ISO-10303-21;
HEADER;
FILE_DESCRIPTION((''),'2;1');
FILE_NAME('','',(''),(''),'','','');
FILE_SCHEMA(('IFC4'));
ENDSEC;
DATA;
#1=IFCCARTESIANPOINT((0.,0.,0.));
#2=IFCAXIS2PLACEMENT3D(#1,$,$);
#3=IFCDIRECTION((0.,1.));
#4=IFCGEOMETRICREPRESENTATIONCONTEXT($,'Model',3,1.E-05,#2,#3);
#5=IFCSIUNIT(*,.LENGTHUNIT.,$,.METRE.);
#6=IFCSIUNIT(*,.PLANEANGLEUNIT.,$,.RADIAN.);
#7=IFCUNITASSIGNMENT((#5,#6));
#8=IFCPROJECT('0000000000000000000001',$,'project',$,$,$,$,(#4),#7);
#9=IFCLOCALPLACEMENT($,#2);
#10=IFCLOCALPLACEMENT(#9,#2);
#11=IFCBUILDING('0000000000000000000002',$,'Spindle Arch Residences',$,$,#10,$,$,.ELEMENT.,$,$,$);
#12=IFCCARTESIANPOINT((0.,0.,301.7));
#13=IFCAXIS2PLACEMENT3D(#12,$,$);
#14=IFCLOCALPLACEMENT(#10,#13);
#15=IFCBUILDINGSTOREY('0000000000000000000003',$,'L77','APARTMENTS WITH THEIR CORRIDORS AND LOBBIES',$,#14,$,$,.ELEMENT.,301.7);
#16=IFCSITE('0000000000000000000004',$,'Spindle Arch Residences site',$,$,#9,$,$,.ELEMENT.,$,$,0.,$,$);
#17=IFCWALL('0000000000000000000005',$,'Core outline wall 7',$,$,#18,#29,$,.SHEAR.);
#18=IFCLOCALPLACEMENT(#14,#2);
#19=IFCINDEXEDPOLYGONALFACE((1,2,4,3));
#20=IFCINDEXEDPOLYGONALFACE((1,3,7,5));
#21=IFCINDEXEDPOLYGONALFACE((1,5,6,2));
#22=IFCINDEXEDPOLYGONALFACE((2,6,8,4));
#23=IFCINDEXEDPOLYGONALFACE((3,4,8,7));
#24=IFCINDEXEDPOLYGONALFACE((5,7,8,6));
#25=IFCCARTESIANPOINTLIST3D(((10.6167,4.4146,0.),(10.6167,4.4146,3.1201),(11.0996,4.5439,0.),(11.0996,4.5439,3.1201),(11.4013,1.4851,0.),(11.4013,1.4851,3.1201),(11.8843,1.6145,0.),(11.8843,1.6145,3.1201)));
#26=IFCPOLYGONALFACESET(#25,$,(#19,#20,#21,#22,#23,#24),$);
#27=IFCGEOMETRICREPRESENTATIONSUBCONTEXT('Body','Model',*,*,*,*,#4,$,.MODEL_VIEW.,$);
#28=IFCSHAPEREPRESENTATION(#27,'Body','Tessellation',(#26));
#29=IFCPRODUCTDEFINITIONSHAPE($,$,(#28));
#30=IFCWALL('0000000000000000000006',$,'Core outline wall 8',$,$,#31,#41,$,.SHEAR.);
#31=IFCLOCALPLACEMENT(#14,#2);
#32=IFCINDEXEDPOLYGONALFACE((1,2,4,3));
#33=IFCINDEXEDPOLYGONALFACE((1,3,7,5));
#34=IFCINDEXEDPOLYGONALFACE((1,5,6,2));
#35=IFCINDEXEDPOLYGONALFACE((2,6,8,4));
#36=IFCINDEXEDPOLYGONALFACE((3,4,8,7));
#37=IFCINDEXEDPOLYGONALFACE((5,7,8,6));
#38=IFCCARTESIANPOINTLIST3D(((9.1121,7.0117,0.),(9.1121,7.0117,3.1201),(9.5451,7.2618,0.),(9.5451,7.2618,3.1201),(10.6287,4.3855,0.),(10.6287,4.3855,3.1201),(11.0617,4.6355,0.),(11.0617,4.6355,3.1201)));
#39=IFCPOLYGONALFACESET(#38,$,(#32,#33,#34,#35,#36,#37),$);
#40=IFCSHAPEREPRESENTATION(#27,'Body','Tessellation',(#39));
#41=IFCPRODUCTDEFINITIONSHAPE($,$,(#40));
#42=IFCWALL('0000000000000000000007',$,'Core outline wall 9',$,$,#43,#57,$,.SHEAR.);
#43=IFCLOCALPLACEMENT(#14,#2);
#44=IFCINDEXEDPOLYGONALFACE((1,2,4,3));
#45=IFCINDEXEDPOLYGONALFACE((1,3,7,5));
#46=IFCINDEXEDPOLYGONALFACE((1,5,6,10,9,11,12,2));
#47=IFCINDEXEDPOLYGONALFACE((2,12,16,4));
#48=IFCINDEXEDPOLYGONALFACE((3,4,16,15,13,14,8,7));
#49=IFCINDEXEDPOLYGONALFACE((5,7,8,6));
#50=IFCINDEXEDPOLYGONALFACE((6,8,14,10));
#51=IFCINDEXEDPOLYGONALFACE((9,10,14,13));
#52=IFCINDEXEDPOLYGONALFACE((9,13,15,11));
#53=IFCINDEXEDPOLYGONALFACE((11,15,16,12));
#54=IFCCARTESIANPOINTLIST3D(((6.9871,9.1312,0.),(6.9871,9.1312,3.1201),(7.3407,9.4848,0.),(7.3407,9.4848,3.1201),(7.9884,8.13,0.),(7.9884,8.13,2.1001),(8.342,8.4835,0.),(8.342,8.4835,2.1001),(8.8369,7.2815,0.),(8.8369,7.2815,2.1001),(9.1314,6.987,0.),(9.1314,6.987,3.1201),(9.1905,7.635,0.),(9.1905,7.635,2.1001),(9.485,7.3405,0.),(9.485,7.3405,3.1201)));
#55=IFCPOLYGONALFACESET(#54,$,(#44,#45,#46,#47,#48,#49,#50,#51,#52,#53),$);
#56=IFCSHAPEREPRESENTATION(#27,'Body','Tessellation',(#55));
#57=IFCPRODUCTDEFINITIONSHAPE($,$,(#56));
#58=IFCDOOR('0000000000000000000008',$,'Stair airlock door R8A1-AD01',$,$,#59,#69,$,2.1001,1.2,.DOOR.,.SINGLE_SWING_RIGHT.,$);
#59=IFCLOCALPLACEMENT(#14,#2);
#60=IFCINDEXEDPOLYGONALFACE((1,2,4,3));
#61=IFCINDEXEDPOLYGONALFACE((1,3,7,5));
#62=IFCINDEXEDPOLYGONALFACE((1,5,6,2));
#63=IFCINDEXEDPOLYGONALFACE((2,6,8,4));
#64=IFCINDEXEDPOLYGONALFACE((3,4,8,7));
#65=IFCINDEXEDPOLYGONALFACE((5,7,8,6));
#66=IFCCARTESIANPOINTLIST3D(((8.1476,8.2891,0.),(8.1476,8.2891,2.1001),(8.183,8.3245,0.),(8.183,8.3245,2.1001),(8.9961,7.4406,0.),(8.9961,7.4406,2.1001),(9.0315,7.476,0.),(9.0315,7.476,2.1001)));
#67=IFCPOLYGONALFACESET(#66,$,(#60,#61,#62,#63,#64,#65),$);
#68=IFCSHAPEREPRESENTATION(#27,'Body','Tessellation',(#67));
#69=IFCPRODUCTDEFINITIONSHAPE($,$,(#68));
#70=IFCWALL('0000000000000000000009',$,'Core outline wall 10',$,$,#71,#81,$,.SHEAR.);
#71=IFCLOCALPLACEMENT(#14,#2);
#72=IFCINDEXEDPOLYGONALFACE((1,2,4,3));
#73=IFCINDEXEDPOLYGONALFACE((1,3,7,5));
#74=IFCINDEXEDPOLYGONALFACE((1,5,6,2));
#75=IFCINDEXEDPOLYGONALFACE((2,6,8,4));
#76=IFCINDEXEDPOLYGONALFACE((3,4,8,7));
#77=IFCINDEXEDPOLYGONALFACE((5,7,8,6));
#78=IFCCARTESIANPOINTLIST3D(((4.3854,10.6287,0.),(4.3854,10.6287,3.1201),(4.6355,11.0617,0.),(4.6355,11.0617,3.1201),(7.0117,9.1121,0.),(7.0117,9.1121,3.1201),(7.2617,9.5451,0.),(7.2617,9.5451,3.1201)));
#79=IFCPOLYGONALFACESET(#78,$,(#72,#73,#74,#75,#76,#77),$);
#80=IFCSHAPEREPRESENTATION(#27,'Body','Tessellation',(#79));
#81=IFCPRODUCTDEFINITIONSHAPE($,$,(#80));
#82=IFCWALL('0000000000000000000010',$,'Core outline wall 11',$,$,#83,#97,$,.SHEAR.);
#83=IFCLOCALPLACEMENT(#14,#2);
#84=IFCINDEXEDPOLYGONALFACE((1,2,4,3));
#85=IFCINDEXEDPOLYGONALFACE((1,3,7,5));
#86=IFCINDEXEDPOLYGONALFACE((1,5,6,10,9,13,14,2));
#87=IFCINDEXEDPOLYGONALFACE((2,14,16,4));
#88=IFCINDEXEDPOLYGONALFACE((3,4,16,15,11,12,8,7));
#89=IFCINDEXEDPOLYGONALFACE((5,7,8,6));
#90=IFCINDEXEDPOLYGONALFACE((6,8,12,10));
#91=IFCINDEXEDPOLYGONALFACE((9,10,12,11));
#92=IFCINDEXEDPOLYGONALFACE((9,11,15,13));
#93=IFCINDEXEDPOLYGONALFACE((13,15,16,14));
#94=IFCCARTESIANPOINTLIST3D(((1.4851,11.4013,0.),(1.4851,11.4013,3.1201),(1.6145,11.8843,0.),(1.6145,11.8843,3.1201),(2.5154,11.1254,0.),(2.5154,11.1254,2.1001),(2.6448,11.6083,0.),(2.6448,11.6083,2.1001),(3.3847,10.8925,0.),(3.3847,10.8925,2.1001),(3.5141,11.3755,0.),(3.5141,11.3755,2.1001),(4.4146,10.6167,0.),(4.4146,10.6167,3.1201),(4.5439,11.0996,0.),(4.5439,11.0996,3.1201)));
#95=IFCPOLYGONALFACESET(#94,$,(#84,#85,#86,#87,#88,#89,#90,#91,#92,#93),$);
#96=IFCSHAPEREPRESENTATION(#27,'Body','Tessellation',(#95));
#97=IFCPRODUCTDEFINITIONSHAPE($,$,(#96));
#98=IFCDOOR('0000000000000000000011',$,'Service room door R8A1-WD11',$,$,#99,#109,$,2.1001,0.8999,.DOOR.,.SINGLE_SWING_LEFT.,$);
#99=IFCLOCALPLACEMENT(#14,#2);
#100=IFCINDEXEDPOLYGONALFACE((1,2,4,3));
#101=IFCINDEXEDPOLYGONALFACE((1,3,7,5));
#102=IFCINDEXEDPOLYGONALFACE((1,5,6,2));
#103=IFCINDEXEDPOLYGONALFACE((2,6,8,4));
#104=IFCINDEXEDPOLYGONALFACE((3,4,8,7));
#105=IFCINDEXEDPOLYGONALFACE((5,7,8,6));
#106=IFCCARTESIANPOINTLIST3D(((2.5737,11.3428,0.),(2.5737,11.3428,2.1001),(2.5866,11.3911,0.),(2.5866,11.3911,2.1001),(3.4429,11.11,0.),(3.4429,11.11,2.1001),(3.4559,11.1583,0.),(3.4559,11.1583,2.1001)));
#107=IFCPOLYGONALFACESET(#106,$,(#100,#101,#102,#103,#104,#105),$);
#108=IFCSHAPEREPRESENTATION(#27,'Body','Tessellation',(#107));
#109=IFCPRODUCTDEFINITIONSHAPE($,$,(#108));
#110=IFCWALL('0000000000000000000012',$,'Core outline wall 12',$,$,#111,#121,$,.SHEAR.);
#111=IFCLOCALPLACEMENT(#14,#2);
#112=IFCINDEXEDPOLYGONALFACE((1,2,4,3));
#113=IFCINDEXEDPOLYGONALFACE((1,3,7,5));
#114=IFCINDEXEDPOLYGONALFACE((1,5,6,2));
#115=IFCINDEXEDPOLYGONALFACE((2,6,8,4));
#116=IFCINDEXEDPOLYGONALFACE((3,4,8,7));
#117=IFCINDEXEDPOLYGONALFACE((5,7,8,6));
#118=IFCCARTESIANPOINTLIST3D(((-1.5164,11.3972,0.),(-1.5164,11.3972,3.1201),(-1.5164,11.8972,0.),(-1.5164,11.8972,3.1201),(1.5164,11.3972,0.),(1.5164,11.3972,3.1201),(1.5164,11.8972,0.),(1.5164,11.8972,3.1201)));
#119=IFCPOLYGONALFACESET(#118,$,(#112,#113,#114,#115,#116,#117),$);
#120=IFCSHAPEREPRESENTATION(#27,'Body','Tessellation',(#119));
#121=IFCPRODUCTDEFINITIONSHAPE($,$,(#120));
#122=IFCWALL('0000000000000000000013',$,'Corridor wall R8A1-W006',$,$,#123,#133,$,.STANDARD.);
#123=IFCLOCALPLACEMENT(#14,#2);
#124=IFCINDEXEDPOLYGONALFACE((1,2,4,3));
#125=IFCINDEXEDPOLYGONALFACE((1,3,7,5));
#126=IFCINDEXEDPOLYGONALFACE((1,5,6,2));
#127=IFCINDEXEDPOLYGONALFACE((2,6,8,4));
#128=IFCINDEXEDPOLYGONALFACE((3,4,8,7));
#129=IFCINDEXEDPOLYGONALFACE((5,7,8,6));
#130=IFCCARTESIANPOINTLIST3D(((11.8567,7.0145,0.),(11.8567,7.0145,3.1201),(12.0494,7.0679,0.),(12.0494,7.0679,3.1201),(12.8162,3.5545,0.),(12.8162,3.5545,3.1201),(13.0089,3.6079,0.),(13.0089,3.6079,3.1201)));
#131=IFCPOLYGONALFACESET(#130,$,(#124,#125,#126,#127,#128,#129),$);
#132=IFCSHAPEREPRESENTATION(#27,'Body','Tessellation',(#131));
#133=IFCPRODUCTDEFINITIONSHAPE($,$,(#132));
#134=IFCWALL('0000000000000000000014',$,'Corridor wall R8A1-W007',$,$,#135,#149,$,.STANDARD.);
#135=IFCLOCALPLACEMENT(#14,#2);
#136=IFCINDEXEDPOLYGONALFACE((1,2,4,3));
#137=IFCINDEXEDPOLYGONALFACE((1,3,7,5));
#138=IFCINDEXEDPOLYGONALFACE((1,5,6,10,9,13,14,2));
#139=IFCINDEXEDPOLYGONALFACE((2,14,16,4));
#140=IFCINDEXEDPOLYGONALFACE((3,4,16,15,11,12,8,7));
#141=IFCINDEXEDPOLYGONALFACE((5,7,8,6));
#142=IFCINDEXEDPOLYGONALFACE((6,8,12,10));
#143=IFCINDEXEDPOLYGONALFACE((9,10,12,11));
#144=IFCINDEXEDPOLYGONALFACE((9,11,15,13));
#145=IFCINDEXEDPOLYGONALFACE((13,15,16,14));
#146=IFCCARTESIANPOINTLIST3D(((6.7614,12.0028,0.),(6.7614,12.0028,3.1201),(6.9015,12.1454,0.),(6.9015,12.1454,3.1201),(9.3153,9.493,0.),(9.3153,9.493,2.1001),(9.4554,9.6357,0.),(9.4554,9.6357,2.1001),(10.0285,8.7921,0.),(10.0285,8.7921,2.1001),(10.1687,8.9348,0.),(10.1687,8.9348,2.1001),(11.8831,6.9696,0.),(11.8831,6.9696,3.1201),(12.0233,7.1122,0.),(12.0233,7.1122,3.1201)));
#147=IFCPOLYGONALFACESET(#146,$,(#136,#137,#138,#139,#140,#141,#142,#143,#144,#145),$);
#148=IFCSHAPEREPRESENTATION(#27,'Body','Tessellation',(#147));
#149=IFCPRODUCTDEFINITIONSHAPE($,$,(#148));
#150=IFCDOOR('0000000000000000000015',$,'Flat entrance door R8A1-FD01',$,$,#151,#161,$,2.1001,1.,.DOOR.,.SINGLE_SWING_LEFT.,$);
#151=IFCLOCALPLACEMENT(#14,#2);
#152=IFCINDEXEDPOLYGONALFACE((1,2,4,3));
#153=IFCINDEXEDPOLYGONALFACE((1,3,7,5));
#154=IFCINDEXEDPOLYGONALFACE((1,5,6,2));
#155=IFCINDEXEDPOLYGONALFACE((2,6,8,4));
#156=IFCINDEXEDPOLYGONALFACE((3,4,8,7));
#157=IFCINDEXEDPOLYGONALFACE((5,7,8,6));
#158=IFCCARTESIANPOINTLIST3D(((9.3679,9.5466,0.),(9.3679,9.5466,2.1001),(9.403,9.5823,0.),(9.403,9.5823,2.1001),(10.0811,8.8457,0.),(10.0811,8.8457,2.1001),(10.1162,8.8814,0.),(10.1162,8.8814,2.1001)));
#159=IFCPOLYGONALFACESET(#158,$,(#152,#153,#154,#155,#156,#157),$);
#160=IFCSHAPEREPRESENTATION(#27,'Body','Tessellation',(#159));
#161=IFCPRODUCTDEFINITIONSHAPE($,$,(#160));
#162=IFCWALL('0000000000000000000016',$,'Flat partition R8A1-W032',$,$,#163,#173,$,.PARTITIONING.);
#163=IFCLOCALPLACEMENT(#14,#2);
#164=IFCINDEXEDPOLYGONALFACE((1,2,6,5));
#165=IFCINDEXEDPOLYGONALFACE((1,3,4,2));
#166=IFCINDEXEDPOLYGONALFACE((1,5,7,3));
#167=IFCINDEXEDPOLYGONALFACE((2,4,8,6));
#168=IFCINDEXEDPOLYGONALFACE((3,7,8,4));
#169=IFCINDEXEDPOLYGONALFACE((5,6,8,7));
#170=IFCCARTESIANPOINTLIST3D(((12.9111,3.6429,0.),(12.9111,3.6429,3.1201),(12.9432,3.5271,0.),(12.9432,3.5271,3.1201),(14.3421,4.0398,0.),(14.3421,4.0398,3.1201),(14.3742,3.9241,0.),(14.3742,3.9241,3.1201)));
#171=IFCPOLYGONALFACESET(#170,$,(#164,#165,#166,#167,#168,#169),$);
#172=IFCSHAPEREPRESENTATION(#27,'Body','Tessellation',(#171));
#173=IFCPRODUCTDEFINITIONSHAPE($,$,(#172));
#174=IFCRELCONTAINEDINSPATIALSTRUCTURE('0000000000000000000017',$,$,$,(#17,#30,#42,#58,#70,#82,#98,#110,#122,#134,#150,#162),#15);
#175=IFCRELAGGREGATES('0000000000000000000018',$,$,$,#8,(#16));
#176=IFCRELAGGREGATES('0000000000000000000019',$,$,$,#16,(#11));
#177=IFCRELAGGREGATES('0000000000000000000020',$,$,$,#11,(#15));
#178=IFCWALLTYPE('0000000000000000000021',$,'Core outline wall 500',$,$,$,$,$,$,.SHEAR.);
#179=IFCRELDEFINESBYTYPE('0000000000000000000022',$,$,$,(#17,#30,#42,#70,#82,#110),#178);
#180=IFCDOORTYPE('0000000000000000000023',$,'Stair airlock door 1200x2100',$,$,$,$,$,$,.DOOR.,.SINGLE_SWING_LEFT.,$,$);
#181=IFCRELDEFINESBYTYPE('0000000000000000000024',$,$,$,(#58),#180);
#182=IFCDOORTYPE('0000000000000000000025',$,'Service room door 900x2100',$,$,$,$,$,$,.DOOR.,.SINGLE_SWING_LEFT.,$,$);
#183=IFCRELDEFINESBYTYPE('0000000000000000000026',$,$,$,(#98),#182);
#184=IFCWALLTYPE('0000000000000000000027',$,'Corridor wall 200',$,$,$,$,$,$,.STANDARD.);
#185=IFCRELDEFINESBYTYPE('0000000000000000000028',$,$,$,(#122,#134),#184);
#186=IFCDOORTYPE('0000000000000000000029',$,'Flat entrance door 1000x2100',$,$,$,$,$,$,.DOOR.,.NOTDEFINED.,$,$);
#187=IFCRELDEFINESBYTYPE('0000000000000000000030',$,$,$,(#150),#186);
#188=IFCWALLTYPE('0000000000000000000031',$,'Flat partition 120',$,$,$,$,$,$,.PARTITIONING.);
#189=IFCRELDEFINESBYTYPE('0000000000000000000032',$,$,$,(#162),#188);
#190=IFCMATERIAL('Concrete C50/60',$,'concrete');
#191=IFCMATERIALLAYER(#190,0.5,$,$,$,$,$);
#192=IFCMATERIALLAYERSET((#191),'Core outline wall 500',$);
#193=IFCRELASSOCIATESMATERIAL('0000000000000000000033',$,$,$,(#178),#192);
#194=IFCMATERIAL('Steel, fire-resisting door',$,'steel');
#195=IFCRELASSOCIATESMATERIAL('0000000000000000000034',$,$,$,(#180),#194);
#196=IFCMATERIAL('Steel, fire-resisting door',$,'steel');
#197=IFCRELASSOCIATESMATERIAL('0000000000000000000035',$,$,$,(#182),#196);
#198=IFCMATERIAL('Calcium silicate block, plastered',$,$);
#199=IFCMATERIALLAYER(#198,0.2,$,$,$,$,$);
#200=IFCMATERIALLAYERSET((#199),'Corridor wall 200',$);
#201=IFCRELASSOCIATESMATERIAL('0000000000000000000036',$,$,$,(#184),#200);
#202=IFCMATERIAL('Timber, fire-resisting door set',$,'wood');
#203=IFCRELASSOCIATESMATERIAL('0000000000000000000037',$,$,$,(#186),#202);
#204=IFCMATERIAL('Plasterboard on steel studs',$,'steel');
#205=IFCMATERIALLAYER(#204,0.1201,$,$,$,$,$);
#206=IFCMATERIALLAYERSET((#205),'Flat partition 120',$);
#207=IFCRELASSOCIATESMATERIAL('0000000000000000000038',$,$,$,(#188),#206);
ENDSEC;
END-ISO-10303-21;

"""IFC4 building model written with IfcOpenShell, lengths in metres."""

from ifc_helpers import new_model, si_unit, direction, frame, frame_2d, origin, place, context, subcontext, project, spatial, rectangle, extrude, material, layer, layer_set, type_object, element, fill, save


model = new_model("IFC4")

# Units and contexts
model_context = context("Model", 3, precision=1e-05, world=origin(), true_north=direction((0.0, 1.0)))
body_context = subcontext(model_context, "Body", "Model", "MODEL_VIEW")
ifc_project = project(units=[si_unit("LENGTHUNIT", "METRE"), si_unit("PLANEANGLEUNIT", "RADIAN")], contexts=[model_context])

# Site, building, storey
site_placement = place(None, origin())
site = spatial("IfcSite", under=ifc_project, at=site_placement, Name="Spindle Arch Residences site", CompositionType="ELEMENT", RefElevation=0.0)
building_placement = place(site_placement, origin())
building = spatial("IfcBuilding", under=site, at=building_placement, Name="Spindle Arch Residences", CompositionType="ELEMENT")
storey_placement = place(building_placement, frame((0.0, 0.0, 301.7)))
storey = spatial("IfcBuildingStorey", under=building, at=storey_placement, Name="L77", Description="APARTMENTS WITH THEIR CORRIDORS AND LOBBIES", CompositionType="ELEMENT", Elevation=301.7)

# Walls
ifc_material_1 = material(Name="Concrete C50/60", Category="concrete")
ifc_layer_1 = layer(ifc_material_1, 0.5)
ifc_layer_set_1 = layer_set([ifc_layer_1], Name="Core outline wall 500")
wall_type_1 = type_object("IfcWallType", Name="Core outline wall 500", PredefinedType="SHEAR", material=ifc_layer_set_1)
for number, where, z_axis, x_axis, name in (
    (1, (11.6428, 1.5498, 0.0), (0.0, 0.0, 1.0), (-0.258735, 0.965948, 0.0), "Core outline wall 7"),
    (2, (10.8452, 4.5105, 0.0), (0.0, 0.0, 1.0), (-0.500087, 0.865975, 0.0), "Core outline wall 8"),
):
    element("IfcWall", number, at=place(storey_placement, frame(where, z_axis=z_axis, x_axis=x_axis)), inside=storey, type_object=wall_type_1, Name=name, PredefinedType="SHEAR", context=body_context, shape_type="SweptSolid", body=[
        extrude(rectangle(XDim=3.0327, YDim=0.5, at=frame_2d((1.5164, 0.0))), origin(), (0.0, 0.0, 1.0), 3.1201),
    ])

# Wall, opening, door
wall_1_placement = place(storey_placement, frame((9.3081, 7.1638, 0.0), z_axis=(0.0, 0.0, 1.0), x_axis=(-0.707107, 0.707107, 0.0)))
wall_1 = element("IfcWall", 3, at=wall_1_placement, inside=storey, type_object=wall_type_1, Name="Core outline wall 9", PredefinedType="SHEAR", context=body_context, shape_type="SweptSolid", body=[
    extrude(rectangle(XDim=3.0325, YDim=0.5, at=frame_2d((1.5161, 0.0))), origin(), (0.0, 0.0, 1.0), 3.1201),
])
opening_1_placement = place(wall_1_placement, frame((0.4163, 0.0, 0.0)))
opening_1 = element("IfcOpeningElement", 4, at=opening_1_placement, cuts=wall_1, PredefinedType="OPENING", context=body_context, shape_type="SweptSolid", body=[
    extrude(rectangle(XDim=1.2, YDim=2.1001, at=frame_2d((0.6001, 1.05))), frame((0.0, 0.26, 0.0), z_axis=(0.0, -1.0, 0.0), x_axis=(1.0, 0.0, 0.0)), (0.0, 0.0, 1.0), 0.52),
])
ifc_material_2 = material(Name="Steel, fire-resisting door", Category="steel")
door_type_1 = type_object("IfcDoorType", Name="Stair airlock door 1200x2100", OperationType="SINGLE_SWING_LEFT", PredefinedType="DOOR", material=ifc_material_2)
door_1_placement = place(opening_1_placement, origin())
door_1 = element("IfcDoor", 5, at=door_1_placement, inside=storey, type_object=door_type_1, Name="Stair airlock door R8A1-AD01", OperationType="SINGLE_SWING_RIGHT", OverallHeight=2.1001, OverallWidth=1.2, PredefinedType="DOOR", context=body_context, shape_type="SweptSolid", body=[
    extrude(rectangle(XDim=1.2, YDim=2.1001, at=frame_2d((0.6001, 1.05))), frame((0.0, 0.0249, 0.0), z_axis=(0.0, -1.0, 0.0), x_axis=(1.0, 0.0, 0.0)), (0.0, 0.0, 1.0), 0.05),
])
fill(opening_1, door_1)

# Wall
wall_2_placement = place(storey_placement, frame((7.1367, 9.3286, 0.0), z_axis=(0.0, 0.0, 1.0), x_axis=(-0.865975, 0.500087, 0.0)))
element("IfcWall", 6, at=wall_2_placement, inside=storey, type_object=wall_type_1, Name="Core outline wall 10", PredefinedType="SHEAR", context=body_context, shape_type="SweptSolid", body=[
    extrude(rectangle(XDim=3.0327, YDim=0.5, at=frame_2d((1.5164, 0.0))), origin(), (0.0, 0.0, 1.0), 3.1201),
])

# Wall, opening, door
wall_3_placement = place(storey_placement, frame((4.4792, 10.8582, 0.0), z_axis=(0.0, 0.0, 1.0), x_axis=(-0.965948, 0.258735, 0.0)))
wall_3 = element("IfcWall", 7, at=wall_3_placement, inside=storey, type_object=wall_type_1, Name="Core outline wall 11", PredefinedType="SHEAR", context=body_context, shape_type="SweptSolid", body=[
    extrude(rectangle(XDim=3.0327, YDim=0.5, at=frame_2d((1.5164, 0.0))), origin(), (0.0, 0.0, 1.0), 3.1201),
])
opening_2_placement = place(wall_3_placement, frame((1.0662, 0.0, 0.0)))
opening_2 = element("IfcOpeningElement", 8, at=opening_2_placement, cuts=wall_3, PredefinedType="OPENING", context=body_context, shape_type="SweptSolid", body=[
    extrude(rectangle(XDim=0.8999, YDim=2.1001, at=frame_2d((0.45, 1.05))), frame((0.0, 0.26, 0.0), z_axis=(0.0, -1.0, 0.0), x_axis=(1.0, 0.0, 0.0)), (0.0, 0.0, 1.0), 0.52),
])
ifc_material_3 = material(Name="Steel, fire-resisting door", Category="steel")
door_type_2 = type_object("IfcDoorType", Name="Service room door 900x2100", OperationType="SINGLE_SWING_LEFT", PredefinedType="DOOR", material=ifc_material_3)
door_2_placement = place(opening_2_placement, origin())
door_2 = element("IfcDoor", 9, at=door_2_placement, inside=storey, type_object=door_type_2, Name="Service room door R8A1-WD11", OperationType="SINGLE_SWING_LEFT", OverallHeight=2.1001, OverallWidth=0.8999, PredefinedType="DOOR", context=body_context, shape_type="SweptSolid", body=[
    extrude(rectangle(XDim=0.8999, YDim=2.1001, at=frame_2d((0.45, 1.05))), frame((0.0, 0.0249, 0.0), z_axis=(0.0, -1.0, 0.0), x_axis=(1.0, 0.0, 0.0)), (0.0, 0.0, 1.0), 0.05),
])
fill(opening_2, door_2)

# Walls
wall_4_placement = place(storey_placement, frame((1.5164, 11.6472, 0.0), z_axis=(0.0, 0.0, 1.0), x_axis=(-1.0, 0.0, 0.0)))
element("IfcWall", 10, at=wall_4_placement, inside=storey, type_object=wall_type_1, Name="Core outline wall 12", PredefinedType="SHEAR", context=body_context, shape_type="SweptSolid", body=[
    extrude(rectangle(XDim=3.0327, YDim=0.5, at=frame_2d((1.5164, 0.0))), origin(), (0.0, 0.0, 1.0), 3.1201),
])
ifc_material_4 = material(Name="Calcium silicate block, plastered")
ifc_layer_2 = layer(ifc_material_4, 0.2)
ifc_layer_set_2 = layer_set([ifc_layer_2], Name="Corridor wall 200")
wall_type_2 = type_object("IfcWallType", Name="Corridor wall 200", PredefinedType="STANDARD", material=ifc_layer_set_2)
wall_5_placement = place(storey_placement, frame((12.9126, 3.5811, 0.0), z_axis=(0.0, 0.0, 1.0), x_axis=(-0.267223, 0.963635, 0.0)))
element("IfcWall", 11, at=wall_5_placement, inside=storey, type_object=wall_type_2, Name="Corridor wall R8A1-W006", PredefinedType="STANDARD", context=body_context, shape_type="SweptSolid", body=[
    extrude(rectangle(XDim=3.5906, YDim=0.2, at=frame_2d((1.7954, 0.0))), origin(), (0.0, 0.0, 1.0), 3.1201),
])

# Wall, opening, door
wall_6_placement = place(storey_placement, frame((11.9531, 7.041, 0.0), z_axis=(0.0, 0.0, 1.0), x_axis=(-0.713251, 0.700909, 0.0)))
wall_6 = element("IfcWall", 12, at=wall_6_placement, inside=storey, type_object=wall_type_2, Name="Corridor wall R8A1-W007", PredefinedType="STANDARD", context=body_context, shape_type="SweptSolid", body=[
    extrude(rectangle(XDim=7.1809, YDim=0.2, at=frame_2d((3.5903, 0.0))), origin(), (0.0, 0.0, 1.0), 3.1201),
])
opening_3_placement = place(wall_6_placement, frame((2.6001, 0.0, 0.0)))
opening_3 = element("IfcOpeningElement", 13, at=opening_3_placement, cuts=wall_6, PredefinedType="OPENING", context=body_context, shape_type="SweptSolid", body=[
    extrude(rectangle(XDim=1.0, YDim=2.1001, at=frame_2d((0.5, 1.05))), frame((0.0, 0.1099, 0.0), z_axis=(0.0, -1.0, 0.0), x_axis=(1.0, 0.0, 0.0)), (0.0, 0.0, 1.0), 0.22),
])
ifc_material_5 = material(Name="Timber, fire-resisting door set", Category="wood")
door_type_3 = type_object("IfcDoorType", Name="Flat entrance door 1000x2100", OperationType="NOTDEFINED", PredefinedType="DOOR", material=ifc_material_5)
door_3_placement = place(opening_3_placement, origin())
door_3 = element("IfcDoor", 14, at=door_3_placement, inside=storey, type_object=door_type_3, Name="Flat entrance door R8A1-FD01", OperationType="SINGLE_SWING_LEFT", OverallHeight=2.1001, OverallWidth=1.0, PredefinedType="DOOR", context=body_context, shape_type="SweptSolid", body=[
    extrude(rectangle(XDim=1.0, YDim=2.1001, at=frame_2d((0.5, 1.05))), frame((0.0, 0.0249, 0.0), z_axis=(0.0, -1.0, 0.0), x_axis=(1.0, 0.0, 0.0)), (0.0, 0.0, 1.0), 0.05),
])
fill(opening_3, door_3)

# Wall
ifc_material_6 = material(Name="Plasterboard on steel studs", Category="steel")
ifc_layer_3 = layer(ifc_material_6, 0.1201)
ifc_layer_set_3 = layer_set([ifc_layer_3], Name="Flat partition 120")
wall_type_3 = type_object("IfcWallType", Name="Flat partition 120", PredefinedType="PARTITIONING", material=ifc_layer_set_3)
wall_7_placement = place(storey_placement, frame((12.927, 3.585, 0.0), z_axis=(0.0, 0.0, 1.0), x_axis=(0.963617, 0.267288, 0.0)))
element("IfcWall", 15, at=wall_7_placement, inside=storey, type_object=wall_type_3, Name="Flat partition R8A1-W032", PredefinedType="PARTITIONING", context=body_context, shape_type="SweptSolid", body=[
    extrude(rectangle(XDim=1.4851, YDim=0.1201, at=frame_2d((0.7427, 0.0))), origin(), (0.0, 0.0, 1.0), 3.1201),
])

save(model, "model.ifc")
